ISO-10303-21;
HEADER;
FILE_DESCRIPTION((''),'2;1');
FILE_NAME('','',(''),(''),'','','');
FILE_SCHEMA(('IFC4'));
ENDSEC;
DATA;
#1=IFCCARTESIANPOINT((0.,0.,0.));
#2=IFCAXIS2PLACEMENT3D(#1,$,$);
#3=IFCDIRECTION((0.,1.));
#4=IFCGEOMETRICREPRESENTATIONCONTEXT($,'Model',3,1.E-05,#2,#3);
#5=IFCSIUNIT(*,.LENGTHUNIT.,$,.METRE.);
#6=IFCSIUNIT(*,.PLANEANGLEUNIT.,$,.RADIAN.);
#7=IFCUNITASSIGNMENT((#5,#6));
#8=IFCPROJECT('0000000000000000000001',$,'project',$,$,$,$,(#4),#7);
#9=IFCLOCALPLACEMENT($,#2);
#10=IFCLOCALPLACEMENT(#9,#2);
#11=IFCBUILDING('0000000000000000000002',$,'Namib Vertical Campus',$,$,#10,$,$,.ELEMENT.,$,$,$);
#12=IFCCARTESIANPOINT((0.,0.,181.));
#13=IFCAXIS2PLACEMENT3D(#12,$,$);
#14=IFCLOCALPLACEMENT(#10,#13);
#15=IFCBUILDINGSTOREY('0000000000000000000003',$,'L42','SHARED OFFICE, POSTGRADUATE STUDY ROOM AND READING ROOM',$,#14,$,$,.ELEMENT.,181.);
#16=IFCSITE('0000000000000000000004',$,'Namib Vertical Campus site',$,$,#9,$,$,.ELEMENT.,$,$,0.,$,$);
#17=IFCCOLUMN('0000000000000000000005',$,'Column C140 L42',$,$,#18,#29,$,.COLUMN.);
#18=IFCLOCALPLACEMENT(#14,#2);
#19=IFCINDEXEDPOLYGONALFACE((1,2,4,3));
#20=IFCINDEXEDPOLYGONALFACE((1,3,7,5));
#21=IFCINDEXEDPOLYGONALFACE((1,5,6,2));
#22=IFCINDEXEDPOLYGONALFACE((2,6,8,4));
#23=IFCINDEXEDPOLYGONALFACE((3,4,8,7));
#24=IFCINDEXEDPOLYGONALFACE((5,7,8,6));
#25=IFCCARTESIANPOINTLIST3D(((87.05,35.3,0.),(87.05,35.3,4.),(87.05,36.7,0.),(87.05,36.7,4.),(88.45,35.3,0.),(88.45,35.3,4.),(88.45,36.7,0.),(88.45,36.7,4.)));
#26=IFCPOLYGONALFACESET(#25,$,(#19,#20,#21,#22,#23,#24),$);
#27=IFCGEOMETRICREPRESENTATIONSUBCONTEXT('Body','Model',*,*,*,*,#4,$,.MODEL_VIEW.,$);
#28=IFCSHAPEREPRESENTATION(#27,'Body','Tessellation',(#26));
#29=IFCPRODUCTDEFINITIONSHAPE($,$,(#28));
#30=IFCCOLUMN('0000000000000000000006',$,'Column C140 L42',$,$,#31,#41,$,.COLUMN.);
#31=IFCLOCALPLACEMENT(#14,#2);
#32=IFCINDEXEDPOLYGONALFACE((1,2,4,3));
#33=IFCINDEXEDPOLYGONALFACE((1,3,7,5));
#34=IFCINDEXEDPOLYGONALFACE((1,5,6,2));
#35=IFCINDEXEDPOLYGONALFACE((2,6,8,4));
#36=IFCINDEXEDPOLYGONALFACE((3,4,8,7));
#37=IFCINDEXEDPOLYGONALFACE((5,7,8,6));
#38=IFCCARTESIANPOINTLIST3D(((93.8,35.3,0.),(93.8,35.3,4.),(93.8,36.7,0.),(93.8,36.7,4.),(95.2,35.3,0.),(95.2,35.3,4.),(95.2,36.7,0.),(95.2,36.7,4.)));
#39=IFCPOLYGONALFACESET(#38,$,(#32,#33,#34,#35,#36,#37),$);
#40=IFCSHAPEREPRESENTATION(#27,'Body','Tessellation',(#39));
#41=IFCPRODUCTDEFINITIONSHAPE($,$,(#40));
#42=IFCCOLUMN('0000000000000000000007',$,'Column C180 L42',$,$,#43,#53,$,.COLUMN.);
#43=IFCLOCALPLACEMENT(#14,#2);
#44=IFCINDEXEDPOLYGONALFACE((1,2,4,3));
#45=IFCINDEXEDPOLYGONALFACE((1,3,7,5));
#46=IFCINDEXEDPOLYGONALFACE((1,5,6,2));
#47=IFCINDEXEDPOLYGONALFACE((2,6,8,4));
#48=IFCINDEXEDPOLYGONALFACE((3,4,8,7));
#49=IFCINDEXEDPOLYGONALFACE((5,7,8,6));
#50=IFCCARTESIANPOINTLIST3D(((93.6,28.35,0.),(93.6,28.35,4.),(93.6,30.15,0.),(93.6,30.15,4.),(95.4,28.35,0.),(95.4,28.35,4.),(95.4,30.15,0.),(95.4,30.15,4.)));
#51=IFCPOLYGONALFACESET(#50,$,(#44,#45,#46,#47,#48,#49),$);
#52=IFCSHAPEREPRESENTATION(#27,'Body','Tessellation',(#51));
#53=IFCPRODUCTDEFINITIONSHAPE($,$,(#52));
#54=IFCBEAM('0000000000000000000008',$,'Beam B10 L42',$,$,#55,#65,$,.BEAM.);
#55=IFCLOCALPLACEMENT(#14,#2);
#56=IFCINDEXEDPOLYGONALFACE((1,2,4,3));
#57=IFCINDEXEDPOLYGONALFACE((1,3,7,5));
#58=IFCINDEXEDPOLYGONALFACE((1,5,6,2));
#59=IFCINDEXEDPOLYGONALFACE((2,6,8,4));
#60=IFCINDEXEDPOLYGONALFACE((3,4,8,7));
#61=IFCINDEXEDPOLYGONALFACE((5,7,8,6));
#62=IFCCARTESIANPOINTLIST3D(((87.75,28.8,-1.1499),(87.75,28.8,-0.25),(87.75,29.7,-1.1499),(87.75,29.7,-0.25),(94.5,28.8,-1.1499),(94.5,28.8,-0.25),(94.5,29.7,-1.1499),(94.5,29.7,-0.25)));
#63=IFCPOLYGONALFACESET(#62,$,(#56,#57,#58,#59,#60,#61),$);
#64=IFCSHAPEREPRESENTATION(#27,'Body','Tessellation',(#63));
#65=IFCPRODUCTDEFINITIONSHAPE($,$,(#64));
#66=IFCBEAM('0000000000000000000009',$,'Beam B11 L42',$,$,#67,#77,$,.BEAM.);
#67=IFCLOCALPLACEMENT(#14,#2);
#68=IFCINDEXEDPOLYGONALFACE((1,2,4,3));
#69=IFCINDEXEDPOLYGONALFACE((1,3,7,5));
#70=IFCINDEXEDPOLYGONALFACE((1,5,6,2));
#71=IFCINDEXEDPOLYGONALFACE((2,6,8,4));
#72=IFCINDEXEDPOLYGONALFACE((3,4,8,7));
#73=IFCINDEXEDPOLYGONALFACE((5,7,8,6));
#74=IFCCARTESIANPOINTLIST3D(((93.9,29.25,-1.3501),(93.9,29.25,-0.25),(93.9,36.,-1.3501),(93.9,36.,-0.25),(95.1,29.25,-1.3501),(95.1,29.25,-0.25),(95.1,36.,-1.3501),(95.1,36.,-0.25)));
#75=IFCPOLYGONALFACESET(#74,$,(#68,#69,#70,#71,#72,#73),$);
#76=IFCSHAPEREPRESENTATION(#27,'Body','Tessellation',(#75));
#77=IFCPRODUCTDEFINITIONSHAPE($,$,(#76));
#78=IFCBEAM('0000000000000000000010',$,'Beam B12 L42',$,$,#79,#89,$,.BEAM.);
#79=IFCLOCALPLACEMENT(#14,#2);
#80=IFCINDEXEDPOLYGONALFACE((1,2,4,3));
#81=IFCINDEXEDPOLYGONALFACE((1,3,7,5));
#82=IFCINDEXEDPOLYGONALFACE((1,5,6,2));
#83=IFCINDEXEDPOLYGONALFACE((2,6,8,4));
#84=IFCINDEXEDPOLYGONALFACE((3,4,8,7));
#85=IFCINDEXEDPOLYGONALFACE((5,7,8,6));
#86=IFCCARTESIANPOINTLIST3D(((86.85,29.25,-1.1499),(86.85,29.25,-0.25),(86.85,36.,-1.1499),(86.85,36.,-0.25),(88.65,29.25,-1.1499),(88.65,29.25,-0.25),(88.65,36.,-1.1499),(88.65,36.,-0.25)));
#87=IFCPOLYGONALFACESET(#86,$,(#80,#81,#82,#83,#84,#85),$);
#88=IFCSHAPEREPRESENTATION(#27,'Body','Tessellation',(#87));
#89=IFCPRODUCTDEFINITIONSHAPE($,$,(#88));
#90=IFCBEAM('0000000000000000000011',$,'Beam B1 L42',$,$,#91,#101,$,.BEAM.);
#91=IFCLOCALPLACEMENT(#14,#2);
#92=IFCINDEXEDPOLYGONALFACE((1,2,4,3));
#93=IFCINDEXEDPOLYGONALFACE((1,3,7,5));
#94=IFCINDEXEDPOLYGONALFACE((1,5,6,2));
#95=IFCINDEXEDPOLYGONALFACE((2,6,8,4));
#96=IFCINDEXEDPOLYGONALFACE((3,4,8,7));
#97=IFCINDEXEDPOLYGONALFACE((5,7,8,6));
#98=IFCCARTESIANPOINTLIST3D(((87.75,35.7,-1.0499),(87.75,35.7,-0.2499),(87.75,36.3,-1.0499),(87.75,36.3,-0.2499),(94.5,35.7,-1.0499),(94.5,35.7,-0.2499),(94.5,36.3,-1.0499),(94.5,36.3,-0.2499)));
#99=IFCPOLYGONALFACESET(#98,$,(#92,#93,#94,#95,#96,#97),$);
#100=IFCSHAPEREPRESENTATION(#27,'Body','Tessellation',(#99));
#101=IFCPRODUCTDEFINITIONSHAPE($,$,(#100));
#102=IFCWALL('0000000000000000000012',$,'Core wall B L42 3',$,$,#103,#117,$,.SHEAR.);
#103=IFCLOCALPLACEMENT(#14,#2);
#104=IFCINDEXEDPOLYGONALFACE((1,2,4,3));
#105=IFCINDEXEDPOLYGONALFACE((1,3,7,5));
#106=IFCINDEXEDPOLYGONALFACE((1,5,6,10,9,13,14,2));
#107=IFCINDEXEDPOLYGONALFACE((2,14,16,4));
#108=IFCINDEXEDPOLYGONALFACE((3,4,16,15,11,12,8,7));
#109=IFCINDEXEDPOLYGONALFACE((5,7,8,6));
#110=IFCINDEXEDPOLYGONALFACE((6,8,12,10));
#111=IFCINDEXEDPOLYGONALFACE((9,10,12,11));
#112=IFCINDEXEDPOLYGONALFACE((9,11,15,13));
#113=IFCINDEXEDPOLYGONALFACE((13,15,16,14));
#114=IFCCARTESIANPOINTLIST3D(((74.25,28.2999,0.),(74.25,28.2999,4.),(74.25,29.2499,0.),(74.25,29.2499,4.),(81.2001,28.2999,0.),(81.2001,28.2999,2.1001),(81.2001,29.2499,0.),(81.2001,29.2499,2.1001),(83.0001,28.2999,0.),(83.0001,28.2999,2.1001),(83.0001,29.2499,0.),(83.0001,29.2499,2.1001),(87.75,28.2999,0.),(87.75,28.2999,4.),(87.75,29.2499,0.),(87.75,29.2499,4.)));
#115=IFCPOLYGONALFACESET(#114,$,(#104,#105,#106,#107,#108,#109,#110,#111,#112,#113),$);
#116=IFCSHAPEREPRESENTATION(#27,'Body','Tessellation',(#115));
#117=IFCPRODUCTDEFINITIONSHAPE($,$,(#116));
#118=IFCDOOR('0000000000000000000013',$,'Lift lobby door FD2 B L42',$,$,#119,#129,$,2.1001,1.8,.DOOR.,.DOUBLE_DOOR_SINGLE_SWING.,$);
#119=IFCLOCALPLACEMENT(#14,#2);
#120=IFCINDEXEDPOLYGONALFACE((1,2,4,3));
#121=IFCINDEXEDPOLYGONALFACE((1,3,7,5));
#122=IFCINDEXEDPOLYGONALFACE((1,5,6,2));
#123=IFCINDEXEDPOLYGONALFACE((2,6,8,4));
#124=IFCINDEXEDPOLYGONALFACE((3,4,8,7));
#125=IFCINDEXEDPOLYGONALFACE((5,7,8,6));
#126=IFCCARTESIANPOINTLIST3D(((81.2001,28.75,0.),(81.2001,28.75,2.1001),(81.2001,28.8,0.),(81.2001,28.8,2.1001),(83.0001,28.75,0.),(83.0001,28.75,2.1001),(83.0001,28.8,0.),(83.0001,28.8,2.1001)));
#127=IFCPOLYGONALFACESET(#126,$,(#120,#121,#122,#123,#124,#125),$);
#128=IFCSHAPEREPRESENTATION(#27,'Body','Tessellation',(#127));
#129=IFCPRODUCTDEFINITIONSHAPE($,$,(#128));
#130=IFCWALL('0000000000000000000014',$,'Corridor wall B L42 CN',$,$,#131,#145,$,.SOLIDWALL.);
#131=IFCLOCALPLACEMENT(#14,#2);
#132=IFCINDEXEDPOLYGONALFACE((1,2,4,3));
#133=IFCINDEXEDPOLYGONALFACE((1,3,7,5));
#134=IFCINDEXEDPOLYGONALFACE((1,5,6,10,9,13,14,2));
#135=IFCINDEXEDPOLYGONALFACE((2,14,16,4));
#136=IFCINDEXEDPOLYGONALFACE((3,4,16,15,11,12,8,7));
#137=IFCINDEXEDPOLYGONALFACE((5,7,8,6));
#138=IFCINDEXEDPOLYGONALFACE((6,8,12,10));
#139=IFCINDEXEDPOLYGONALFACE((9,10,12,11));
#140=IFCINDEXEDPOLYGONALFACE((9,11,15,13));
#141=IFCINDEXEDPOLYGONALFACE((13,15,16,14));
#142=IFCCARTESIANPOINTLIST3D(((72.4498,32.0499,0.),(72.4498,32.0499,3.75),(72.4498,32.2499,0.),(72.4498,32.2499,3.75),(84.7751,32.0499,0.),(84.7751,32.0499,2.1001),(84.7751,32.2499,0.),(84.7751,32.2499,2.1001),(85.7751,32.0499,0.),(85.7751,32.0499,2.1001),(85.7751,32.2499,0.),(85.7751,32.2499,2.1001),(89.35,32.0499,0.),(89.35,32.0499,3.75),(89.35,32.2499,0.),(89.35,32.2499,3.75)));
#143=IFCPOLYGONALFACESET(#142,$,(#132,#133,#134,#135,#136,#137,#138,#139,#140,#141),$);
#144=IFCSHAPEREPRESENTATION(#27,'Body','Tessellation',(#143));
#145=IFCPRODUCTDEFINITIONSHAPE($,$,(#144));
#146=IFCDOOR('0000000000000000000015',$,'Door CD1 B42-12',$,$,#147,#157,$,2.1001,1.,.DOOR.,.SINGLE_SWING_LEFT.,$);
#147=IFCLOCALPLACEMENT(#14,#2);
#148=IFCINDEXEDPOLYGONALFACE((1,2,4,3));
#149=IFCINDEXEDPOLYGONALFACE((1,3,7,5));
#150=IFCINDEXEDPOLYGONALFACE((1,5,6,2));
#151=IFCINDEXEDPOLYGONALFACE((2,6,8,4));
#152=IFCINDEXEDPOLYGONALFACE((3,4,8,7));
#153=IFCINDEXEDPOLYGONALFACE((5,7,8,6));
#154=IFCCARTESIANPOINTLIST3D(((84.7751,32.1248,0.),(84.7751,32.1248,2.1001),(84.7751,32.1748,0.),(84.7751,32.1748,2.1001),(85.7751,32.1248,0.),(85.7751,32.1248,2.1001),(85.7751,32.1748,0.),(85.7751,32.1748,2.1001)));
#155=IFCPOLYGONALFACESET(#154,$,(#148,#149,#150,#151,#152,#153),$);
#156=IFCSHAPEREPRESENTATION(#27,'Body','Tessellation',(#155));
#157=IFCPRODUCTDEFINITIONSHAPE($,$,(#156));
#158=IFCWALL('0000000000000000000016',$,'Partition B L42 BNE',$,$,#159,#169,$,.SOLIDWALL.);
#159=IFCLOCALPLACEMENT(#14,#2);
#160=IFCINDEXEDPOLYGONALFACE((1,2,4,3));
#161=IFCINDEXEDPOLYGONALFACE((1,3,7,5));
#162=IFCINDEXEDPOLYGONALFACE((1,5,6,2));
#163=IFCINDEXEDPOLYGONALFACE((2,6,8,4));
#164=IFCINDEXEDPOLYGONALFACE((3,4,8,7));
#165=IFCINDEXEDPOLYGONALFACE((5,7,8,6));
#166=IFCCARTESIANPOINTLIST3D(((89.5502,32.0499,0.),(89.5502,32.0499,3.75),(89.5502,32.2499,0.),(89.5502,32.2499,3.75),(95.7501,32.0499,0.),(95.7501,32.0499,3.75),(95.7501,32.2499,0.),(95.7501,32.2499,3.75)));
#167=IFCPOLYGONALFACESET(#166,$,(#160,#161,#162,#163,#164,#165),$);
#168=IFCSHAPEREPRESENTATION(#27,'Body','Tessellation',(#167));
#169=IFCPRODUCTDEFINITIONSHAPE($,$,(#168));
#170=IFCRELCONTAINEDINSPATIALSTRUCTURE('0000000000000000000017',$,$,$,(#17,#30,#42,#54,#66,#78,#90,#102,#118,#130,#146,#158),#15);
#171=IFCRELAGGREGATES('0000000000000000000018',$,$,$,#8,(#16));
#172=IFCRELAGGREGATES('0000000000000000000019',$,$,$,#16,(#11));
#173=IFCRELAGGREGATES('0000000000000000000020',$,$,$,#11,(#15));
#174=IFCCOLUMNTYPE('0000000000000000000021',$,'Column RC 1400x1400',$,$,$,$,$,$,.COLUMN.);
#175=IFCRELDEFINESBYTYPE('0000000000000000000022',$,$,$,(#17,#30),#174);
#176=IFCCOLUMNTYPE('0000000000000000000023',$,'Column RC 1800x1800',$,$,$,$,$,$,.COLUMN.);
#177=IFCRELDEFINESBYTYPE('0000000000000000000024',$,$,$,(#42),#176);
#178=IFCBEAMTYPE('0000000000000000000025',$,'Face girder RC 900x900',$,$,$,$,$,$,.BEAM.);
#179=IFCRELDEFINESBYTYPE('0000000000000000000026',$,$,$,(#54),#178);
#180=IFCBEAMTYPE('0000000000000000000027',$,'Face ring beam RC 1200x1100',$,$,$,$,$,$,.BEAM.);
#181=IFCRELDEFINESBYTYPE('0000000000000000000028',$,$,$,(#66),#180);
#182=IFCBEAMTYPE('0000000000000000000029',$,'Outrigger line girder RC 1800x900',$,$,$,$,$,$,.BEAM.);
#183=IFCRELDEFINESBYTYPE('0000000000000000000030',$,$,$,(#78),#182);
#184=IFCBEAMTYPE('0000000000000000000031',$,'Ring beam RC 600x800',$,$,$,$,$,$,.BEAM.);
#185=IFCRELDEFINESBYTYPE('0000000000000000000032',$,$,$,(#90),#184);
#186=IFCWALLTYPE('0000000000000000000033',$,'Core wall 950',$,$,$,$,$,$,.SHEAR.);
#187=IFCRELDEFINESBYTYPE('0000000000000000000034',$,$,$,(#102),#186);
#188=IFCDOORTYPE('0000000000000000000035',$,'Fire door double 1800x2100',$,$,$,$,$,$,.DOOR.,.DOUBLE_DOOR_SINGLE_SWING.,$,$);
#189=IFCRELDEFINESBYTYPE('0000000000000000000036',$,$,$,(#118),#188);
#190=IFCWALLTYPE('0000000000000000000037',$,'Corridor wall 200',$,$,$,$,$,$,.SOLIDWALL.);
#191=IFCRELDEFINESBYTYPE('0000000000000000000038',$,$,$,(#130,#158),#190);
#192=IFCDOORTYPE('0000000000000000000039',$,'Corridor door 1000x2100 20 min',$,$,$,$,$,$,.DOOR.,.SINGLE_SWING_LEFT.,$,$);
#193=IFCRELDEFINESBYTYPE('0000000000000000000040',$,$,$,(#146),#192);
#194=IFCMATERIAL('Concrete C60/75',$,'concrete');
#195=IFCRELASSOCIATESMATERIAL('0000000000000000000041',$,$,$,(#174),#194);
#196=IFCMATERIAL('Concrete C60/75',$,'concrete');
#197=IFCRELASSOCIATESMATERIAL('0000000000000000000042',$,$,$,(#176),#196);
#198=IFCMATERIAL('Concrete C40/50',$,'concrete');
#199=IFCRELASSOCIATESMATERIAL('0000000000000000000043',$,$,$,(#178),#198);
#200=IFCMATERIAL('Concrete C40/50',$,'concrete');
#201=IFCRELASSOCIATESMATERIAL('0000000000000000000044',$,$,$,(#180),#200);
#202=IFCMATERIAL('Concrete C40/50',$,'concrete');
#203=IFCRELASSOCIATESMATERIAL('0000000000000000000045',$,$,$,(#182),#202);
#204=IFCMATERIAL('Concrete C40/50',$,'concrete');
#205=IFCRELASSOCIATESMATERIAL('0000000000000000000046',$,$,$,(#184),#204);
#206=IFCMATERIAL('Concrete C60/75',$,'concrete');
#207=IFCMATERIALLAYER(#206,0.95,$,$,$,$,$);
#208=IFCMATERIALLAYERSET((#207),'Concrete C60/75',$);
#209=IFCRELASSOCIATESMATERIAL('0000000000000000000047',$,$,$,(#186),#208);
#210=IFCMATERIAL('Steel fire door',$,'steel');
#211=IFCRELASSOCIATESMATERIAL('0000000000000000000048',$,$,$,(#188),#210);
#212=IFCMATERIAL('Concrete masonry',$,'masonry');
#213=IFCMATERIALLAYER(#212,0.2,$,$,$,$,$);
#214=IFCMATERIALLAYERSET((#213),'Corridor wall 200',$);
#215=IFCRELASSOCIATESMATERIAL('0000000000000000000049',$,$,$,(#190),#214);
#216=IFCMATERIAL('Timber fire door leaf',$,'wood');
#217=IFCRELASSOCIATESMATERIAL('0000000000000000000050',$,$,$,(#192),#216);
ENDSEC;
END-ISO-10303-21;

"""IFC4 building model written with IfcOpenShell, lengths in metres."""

from ifc_helpers import new_model, si_unit, direction, frame, frame_2d, origin, origin_2d, place, context, subcontext, project, spatial, rectangle, extrude, material, layer, layer_set, material_profile, profile_set, type_object, element, fill, save


model = new_model("IFC4")

# Units and contexts
model_context = context("Model", 3, precision=1e-05, world=origin(), true_north=direction((0.0, 1.0)))
body_context = subcontext(model_context, "Body", "Model", "MODEL_VIEW")
ifc_project = project(units=[si_unit("LENGTHUNIT", "METRE"), si_unit("PLANEANGLEUNIT", "RADIAN")], contexts=[model_context])

# Site, building, storey
site_placement = place(None, origin())
site = spatial("IfcSite", under=ifc_project, at=site_placement, Name="Namib Vertical Campus site", CompositionType="ELEMENT", RefElevation=0.0)
building_placement = place(site_placement, origin())
building = spatial("IfcBuilding", under=site, at=building_placement, Name="Namib Vertical Campus", CompositionType="ELEMENT")
storey_placement = place(building_placement, frame((0.0, 0.0, 181.0)))
storey = spatial("IfcBuildingStorey", under=building, at=storey_placement, Name="L42", Description="SHARED OFFICE, POSTGRADUATE STUDY ROOM AND READING ROOM", CompositionType="ELEMENT", Elevation=181.0)

# Columns
ifc_material_1 = material(Name="Concrete C60/75", Category="concrete")
ifc_material_profile_1 = material_profile(ifc_material_1, rectangle(XDim=1.3999, YDim=1.3999, at=origin_2d()))
ifc_profile_set_1 = profile_set([ifc_material_profile_1], Name="Concrete C60/75")
column_type_1 = type_object("IfcColumnType", Name="Column RC 1400x1400", PredefinedType="COLUMN", material=ifc_profile_set_1)
for number, where, z_axis, x_axis, name in (
    (1, (87.75, 36.0, 0.0), (0.0, 0.0, 1.0), (1.0, 0.0, 0.0), "Column C140 L42"),
    (2, (94.5, 36.0, 0.0), (0.0, 0.0, 1.0), (1.0, 0.0, 0.0), "Column C140 L42"),
):
    element("IfcColumn", number, at=place(storey_placement, frame(where, z_axis=z_axis, x_axis=x_axis)), inside=storey, type_object=column_type_1, Name=name, PredefinedType="COLUMN", context=body_context, shape_type="SweptSolid", body=[
        extrude(rectangle(XDim=1.3999, YDim=1.3999, at=origin_2d()), origin(), (0.0, 0.0, 1.0), 4.0),
    ])
ifc_material_2 = material(Name="Concrete C60/75", Category="concrete")
ifc_material_profile_2 = material_profile(ifc_material_2, rectangle(XDim=1.8, YDim=1.8, at=origin_2d()))
ifc_profile_set_2 = profile_set([ifc_material_profile_2], Name="Concrete C60/75")
column_type_2 = type_object("IfcColumnType", Name="Column RC 1800x1800", PredefinedType="COLUMN", material=ifc_profile_set_2)
column_placement = place(storey_placement, frame((94.5, 29.25, 0.0), z_axis=(0.0, 0.0, 1.0), x_axis=(1.0, 0.0, 0.0)))
element("IfcColumn", 3, at=column_placement, inside=storey, type_object=column_type_2, Name="Column C180 L42", PredefinedType="COLUMN", context=body_context, shape_type="SweptSolid", body=[
    extrude(rectangle(XDim=1.8, YDim=1.8, at=origin_2d()), origin(), (0.0, 0.0, 1.0), 4.0),
])

# Beams
ifc_material_3 = material(Name="Concrete C40/50", Category="concrete")
ifc_material_profile_3 = material_profile(ifc_material_3, rectangle(XDim=0.8999, YDim=0.8999, at=origin_2d()))
ifc_profile_set_3 = profile_set([ifc_material_profile_3], Name="Concrete C40/50")
beam_type_1 = type_object("IfcBeamType", Name="Face girder RC 900x900", PredefinedType="BEAM", material=ifc_profile_set_3)
beam_1_placement = place(storey_placement, frame((94.5, 29.25, -0.7), z_axis=(-1.0, 0.0, 0.0), x_axis=(0.0, -1.0, 0.0)))
element("IfcBeam", 4, at=beam_1_placement, inside=storey, type_object=beam_type_1, Name="Beam B10 L42", PredefinedType="BEAM", context=body_context, shape_type="SweptSolid", body=[
    extrude(rectangle(XDim=0.8999, YDim=0.8999, at=origin_2d()), origin(), (0.0, 0.0, 1.0), 6.75),
])
ifc_material_4 = material(Name="Concrete C40/50", Category="concrete")
ifc_material_profile_4 = material_profile(ifc_material_4, rectangle(XDim=1.2, YDim=1.1001, at=origin_2d()))
ifc_profile_set_4 = profile_set([ifc_material_profile_4], Name="Concrete C40/50")
beam_type_2 = type_object("IfcBeamType", Name="Face ring beam RC 1200x1100", PredefinedType="BEAM", material=ifc_profile_set_4)
beam_2_placement = place(storey_placement, frame((94.5, 29.25, -0.8), z_axis=(0.0, 1.0, 0.0), x_axis=(-1.0, 0.0, 0.0)))
element("IfcBeam", 5, at=beam_2_placement, inside=storey, type_object=beam_type_2, Name="Beam B11 L42", PredefinedType="BEAM", context=body_context, shape_type="SweptSolid", body=[
    extrude(rectangle(XDim=1.2, YDim=1.1001, at=origin_2d()), origin(), (0.0, 0.0, 1.0), 6.75),
])
ifc_material_5 = material(Name="Concrete C40/50", Category="concrete")
ifc_material_profile_5 = material_profile(ifc_material_5, rectangle(XDim=1.8, YDim=0.8999, at=origin_2d()))
ifc_profile_set_5 = profile_set([ifc_material_profile_5], Name="Concrete C40/50")
beam_type_3 = type_object("IfcBeamType", Name="Outrigger line girder RC 1800x900", PredefinedType="BEAM", material=ifc_profile_set_5)
beam_3_placement = place(storey_placement, frame((87.75, 36.0, -0.7), z_axis=(0.0, -1.0, 0.0), x_axis=(1.0, 0.0, 0.0)))
element("IfcBeam", 6, at=beam_3_placement, inside=storey, type_object=beam_type_3, Name="Beam B12 L42", PredefinedType="BEAM", context=body_context, shape_type="SweptSolid", body=[
    extrude(rectangle(XDim=1.8, YDim=0.8999, at=origin_2d()), origin(), (0.0, 0.0, 1.0), 6.75),
])
ifc_material_6 = material(Name="Concrete C40/50", Category="concrete")
ifc_material_profile_6 = material_profile(ifc_material_6, rectangle(XDim=0.6001, YDim=0.8, at=origin_2d()))
ifc_profile_set_6 = profile_set([ifc_material_profile_6], Name="Concrete C40/50")
beam_type_4 = type_object("IfcBeamType", Name="Ring beam RC 600x800", PredefinedType="BEAM", material=ifc_profile_set_6)
beam_4_placement = place(storey_placement, frame((87.75, 36.0, -0.6499), z_axis=(1.0, 0.0, 0.0), x_axis=(0.0, 1.0, 0.0)))
element("IfcBeam", 7, at=beam_4_placement, inside=storey, type_object=beam_type_4, Name="Beam B1 L42", PredefinedType="BEAM", context=body_context, shape_type="SweptSolid", body=[
    extrude(rectangle(XDim=0.6001, YDim=0.8, at=origin_2d()), origin(), (0.0, 0.0, 1.0), 6.75),
])

# Walls, openings, doors
ifc_material_7 = material(Name="Concrete C60/75", Category="concrete")
ifc_layer_1 = layer(ifc_material_7, 0.95)
ifc_layer_set_1 = layer_set([ifc_layer_1], Name="Concrete C60/75")
wall_type_1 = type_object("IfcWallType", Name="Core wall 950", PredefinedType="SHEAR", material=ifc_layer_set_1)
wall_1_placement = place(storey_placement, frame((87.75, 28.7749, 0.0), z_axis=(0.0, 0.0, 1.0), x_axis=(-1.0, 0.0, 0.0)))
wall_1 = element("IfcWall", 8, at=wall_1_placement, inside=storey, type_object=wall_type_1, Name="Core wall B L42 3", PredefinedType="SHEAR", context=body_context, shape_type="SweptSolid", body=[
    extrude(rectangle(XDim=13.5, YDim=0.95, at=frame_2d((6.75, 0.0))), origin(), (0.0, 0.0, 1.0), 4.0),
])
opening_1_placement = place(wall_1_placement, frame((4.75, 0.0, 0.0)))
opening_1 = element("IfcOpeningElement", 9, at=opening_1_placement, cuts=wall_1, PredefinedType="OPENING", context=body_context, shape_type="SweptSolid", body=[
    extrude(rectangle(XDim=1.8, YDim=2.1001, at=frame_2d((0.8999, 1.05))), frame((0.0, 0.4849, 0.0), z_axis=(0.0, -1.0, 0.0), x_axis=(1.0, 0.0, 0.0)), (0.0, 0.0, 1.0), 0.97),
])
ifc_material_8 = material(Name="Steel fire door", Category="steel")
door_type_1 = type_object("IfcDoorType", Name="Fire door double 1800x2100", OperationType="DOUBLE_DOOR_SINGLE_SWING", PredefinedType="DOOR", material=ifc_material_8)
door_1_placement = place(opening_1_placement, origin())
door_1 = element("IfcDoor", 10, at=door_1_placement, inside=storey, type_object=door_type_1, Name="Lift lobby door FD2 B L42", OperationType="DOUBLE_DOOR_SINGLE_SWING", OverallHeight=2.1001, OverallWidth=1.8, PredefinedType="DOOR", context=body_context, shape_type="SweptSolid", body=[
    extrude(rectangle(XDim=1.8, YDim=2.1001, at=frame_2d((0.8999, 1.05))), frame((0.0, 0.0249, 0.0), z_axis=(0.0, -1.0, 0.0), x_axis=(1.0, 0.0, 0.0)), (0.0, 0.0, 1.0), 0.05),
])
fill(opening_1, door_1)
ifc_material_9 = material(Name="Concrete masonry", Category="masonry")
ifc_layer_2 = layer(ifc_material_9, 0.2)
ifc_layer_set_2 = layer_set([ifc_layer_2], Name="Corridor wall 200")
wall_type_2 = type_object("IfcWallType", Name="Corridor wall 200", PredefinedType="SOLIDWALL", material=ifc_layer_set_2)
wall_2_placement = place(storey_placement, frame((89.3501, 32.1499, 0.0), z_axis=(0.0, 0.0, 1.0), x_axis=(-1.0, 0.0, 0.0)))
wall_2 = element("IfcWall", 11, at=wall_2_placement, inside=storey, type_object=wall_type_2, Name="Corridor wall B L42 CN", PredefinedType="SOLIDWALL", context=body_context, shape_type="SweptSolid", body=[
    extrude(rectangle(XDim=16.9001, YDim=0.2, at=frame_2d((8.4502, 0.0))), origin(), (0.0, 0.0, 1.0), 3.75),
])
opening_2_placement = place(wall_2_placement, frame((3.575, 0.0, 0.0)))
opening_2 = element("IfcOpeningElement", 12, at=opening_2_placement, cuts=wall_2, PredefinedType="OPENING", context=body_context, shape_type="SweptSolid", body=[
    extrude(rectangle(XDim=1.0, YDim=2.1001, at=frame_2d((0.5, 1.05))), frame((0.0, 0.1099, 0.0), z_axis=(0.0, -1.0, 0.0), x_axis=(1.0, 0.0, 0.0)), (0.0, 0.0, 1.0), 0.22),
])
ifc_material_10 = material(Name="Timber fire door leaf", Category="wood")
door_type_2 = type_object("IfcDoorType", Name="Corridor door 1000x2100 20 min", OperationType="SINGLE_SWING_LEFT", PredefinedType="DOOR", material=ifc_material_10)
door_2_placement = place(opening_2_placement, frame((1.0, 0.0, 0.0), z_axis=(0.0, 0.0, 1.0), x_axis=(-1.0, 0.0, 0.0)))
door_2 = element("IfcDoor", 13, at=door_2_placement, inside=storey, type_object=door_type_2, Name="Door CD1 B42-12", OperationType="SINGLE_SWING_LEFT", OverallHeight=2.1001, OverallWidth=1.0, PredefinedType="DOOR", context=body_context, shape_type="SweptSolid", body=[
    extrude(rectangle(XDim=1.0, YDim=2.1001, at=frame_2d((0.5, 1.05))), frame((0.0, 0.0249, 0.0), z_axis=(0.0, -1.0, 0.0), x_axis=(1.0, 0.0, 0.0)), (0.0, 0.0, 1.0), 0.05),
])
fill(opening_2, door_2)

# Wall
wall_3_placement = place(storey_placement, frame((89.55, 32.1499, 0.0), z_axis=(0.0, 0.0, 1.0), x_axis=(1.0, 0.0, 0.0)))
element("IfcWall", 14, at=wall_3_placement, inside=storey, type_object=wall_type_2, Name="Partition B L42 BNE", PredefinedType="SOLIDWALL", context=body_context, shape_type="SweptSolid", body=[
    extrude(rectangle(XDim=6.2, YDim=0.2, at=frame_2d((3.1001, 0.0))), origin(), (0.0, 0.0, 1.0), 3.75),
])

save(model, "model.ifc")
